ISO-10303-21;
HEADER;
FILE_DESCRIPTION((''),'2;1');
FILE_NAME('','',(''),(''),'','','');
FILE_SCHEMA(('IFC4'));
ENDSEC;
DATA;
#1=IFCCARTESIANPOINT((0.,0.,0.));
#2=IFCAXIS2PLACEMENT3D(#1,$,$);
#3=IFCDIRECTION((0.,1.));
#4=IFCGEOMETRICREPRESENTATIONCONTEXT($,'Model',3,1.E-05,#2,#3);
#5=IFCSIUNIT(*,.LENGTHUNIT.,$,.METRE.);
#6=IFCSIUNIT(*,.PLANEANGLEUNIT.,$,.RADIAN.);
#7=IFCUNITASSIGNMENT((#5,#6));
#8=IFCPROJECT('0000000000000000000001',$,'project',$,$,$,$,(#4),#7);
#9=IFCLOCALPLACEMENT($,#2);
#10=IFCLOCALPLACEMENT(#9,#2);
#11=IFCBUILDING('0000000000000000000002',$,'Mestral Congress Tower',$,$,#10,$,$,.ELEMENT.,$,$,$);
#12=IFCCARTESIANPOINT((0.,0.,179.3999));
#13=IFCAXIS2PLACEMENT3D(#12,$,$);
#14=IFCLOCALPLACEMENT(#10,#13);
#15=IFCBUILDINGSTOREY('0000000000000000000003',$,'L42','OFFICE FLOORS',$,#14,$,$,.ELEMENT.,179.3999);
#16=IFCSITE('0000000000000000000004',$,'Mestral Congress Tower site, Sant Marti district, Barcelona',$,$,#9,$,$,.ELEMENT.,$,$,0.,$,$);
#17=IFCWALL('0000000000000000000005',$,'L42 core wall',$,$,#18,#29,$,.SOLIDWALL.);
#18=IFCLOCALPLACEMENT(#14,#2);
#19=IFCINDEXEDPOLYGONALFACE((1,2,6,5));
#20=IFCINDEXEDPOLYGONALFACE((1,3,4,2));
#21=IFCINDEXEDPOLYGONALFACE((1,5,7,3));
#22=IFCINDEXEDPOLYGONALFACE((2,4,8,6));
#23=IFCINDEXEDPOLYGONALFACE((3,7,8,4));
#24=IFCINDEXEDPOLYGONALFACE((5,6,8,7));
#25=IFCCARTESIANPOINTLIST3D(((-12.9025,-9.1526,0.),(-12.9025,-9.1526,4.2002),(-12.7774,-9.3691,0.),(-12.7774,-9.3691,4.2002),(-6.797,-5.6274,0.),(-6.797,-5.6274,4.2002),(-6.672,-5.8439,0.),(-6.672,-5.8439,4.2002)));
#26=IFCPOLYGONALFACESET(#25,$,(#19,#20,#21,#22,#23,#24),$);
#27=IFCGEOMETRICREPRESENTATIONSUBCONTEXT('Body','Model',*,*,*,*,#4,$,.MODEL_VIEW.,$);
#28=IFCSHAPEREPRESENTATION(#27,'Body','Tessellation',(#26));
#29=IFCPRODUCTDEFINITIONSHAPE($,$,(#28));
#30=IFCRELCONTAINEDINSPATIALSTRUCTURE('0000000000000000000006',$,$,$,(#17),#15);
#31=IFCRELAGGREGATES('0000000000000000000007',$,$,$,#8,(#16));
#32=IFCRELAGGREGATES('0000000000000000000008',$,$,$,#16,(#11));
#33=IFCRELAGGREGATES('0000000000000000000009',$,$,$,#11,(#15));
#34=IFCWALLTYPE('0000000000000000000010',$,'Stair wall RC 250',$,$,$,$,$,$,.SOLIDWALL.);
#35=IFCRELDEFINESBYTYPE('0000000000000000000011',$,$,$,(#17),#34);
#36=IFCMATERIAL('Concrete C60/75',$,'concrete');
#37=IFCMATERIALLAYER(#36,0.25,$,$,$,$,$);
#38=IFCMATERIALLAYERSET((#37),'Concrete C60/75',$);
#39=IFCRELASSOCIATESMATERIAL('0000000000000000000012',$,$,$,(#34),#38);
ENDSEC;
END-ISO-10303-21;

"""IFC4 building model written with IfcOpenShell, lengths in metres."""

from ifc_helpers import new_model, si_unit, direction, frame, frame_2d, origin, place, context, subcontext, project, spatial, rectangle, extrude, material, layer, layer_set, type_object, element, save


model = new_model("IFC4")

# Units and contexts
model_context = context("Model", 3, precision=1e-05, world=origin(), true_north=direction((0.0, 1.0)))
body_context = subcontext(model_context, "Body", "Model", "MODEL_VIEW")
ifc_project = project(units=[si_unit("LENGTHUNIT", "METRE"), si_unit("PLANEANGLEUNIT", "RADIAN")], contexts=[model_context])

# Site, building, storey
site_placement = place(None, origin())
site = spatial("IfcSite", under=ifc_project, at=site_placement, Name="Mestral Congress Tower site, Sant Marti district, Barcelona", CompositionType="ELEMENT", RefElevation=0.0)
building_placement = place(site_placement, origin())
building = spatial("IfcBuilding", under=site, at=building_placement, Name="Mestral Congress Tower", CompositionType="ELEMENT")
storey_placement = place(building_placement, frame((0.0, 0.0, 179.3999)))
storey = spatial("IfcBuildingStorey", under=building, at=storey_placement, Name="L42", Description="OFFICE FLOORS", CompositionType="ELEMENT", Elevation=179.3999)

# Shared definitions
ifc_material_1 = material(Name="Concrete C60/75", Category="concrete")

# Wall
ifc_layer_1 = layer(ifc_material_1, 0.25)
ifc_layer_set_1 = layer_set([ifc_layer_1], Name="Concrete C60/75")
wall_type_1 = type_object("IfcWallType", Name="Stair wall RC 250", PredefinedType="SOLIDWALL", material=ifc_layer_set_1)
wall_1_placement = place(storey_placement, frame((-12.8398, -9.2607, 0.0), z_axis=(0.0, 0.0, 1.0), x_axis=(0.866016, 0.500016, 0.0)))
element("IfcWall", 1, at=wall_1_placement, inside=storey, type_object=wall_type_1, Name="L42 core wall", PredefinedType="SOLIDWALL", context=body_context, shape_type="SweptSolid", body=[
    extrude(rectangle(XDim=7.05, YDim=0.25, at=frame_2d((3.5249, 0.0))), origin(), (0.0, 0.0, 1.0), 4.2002),
])

save(model, "model.ifc")
